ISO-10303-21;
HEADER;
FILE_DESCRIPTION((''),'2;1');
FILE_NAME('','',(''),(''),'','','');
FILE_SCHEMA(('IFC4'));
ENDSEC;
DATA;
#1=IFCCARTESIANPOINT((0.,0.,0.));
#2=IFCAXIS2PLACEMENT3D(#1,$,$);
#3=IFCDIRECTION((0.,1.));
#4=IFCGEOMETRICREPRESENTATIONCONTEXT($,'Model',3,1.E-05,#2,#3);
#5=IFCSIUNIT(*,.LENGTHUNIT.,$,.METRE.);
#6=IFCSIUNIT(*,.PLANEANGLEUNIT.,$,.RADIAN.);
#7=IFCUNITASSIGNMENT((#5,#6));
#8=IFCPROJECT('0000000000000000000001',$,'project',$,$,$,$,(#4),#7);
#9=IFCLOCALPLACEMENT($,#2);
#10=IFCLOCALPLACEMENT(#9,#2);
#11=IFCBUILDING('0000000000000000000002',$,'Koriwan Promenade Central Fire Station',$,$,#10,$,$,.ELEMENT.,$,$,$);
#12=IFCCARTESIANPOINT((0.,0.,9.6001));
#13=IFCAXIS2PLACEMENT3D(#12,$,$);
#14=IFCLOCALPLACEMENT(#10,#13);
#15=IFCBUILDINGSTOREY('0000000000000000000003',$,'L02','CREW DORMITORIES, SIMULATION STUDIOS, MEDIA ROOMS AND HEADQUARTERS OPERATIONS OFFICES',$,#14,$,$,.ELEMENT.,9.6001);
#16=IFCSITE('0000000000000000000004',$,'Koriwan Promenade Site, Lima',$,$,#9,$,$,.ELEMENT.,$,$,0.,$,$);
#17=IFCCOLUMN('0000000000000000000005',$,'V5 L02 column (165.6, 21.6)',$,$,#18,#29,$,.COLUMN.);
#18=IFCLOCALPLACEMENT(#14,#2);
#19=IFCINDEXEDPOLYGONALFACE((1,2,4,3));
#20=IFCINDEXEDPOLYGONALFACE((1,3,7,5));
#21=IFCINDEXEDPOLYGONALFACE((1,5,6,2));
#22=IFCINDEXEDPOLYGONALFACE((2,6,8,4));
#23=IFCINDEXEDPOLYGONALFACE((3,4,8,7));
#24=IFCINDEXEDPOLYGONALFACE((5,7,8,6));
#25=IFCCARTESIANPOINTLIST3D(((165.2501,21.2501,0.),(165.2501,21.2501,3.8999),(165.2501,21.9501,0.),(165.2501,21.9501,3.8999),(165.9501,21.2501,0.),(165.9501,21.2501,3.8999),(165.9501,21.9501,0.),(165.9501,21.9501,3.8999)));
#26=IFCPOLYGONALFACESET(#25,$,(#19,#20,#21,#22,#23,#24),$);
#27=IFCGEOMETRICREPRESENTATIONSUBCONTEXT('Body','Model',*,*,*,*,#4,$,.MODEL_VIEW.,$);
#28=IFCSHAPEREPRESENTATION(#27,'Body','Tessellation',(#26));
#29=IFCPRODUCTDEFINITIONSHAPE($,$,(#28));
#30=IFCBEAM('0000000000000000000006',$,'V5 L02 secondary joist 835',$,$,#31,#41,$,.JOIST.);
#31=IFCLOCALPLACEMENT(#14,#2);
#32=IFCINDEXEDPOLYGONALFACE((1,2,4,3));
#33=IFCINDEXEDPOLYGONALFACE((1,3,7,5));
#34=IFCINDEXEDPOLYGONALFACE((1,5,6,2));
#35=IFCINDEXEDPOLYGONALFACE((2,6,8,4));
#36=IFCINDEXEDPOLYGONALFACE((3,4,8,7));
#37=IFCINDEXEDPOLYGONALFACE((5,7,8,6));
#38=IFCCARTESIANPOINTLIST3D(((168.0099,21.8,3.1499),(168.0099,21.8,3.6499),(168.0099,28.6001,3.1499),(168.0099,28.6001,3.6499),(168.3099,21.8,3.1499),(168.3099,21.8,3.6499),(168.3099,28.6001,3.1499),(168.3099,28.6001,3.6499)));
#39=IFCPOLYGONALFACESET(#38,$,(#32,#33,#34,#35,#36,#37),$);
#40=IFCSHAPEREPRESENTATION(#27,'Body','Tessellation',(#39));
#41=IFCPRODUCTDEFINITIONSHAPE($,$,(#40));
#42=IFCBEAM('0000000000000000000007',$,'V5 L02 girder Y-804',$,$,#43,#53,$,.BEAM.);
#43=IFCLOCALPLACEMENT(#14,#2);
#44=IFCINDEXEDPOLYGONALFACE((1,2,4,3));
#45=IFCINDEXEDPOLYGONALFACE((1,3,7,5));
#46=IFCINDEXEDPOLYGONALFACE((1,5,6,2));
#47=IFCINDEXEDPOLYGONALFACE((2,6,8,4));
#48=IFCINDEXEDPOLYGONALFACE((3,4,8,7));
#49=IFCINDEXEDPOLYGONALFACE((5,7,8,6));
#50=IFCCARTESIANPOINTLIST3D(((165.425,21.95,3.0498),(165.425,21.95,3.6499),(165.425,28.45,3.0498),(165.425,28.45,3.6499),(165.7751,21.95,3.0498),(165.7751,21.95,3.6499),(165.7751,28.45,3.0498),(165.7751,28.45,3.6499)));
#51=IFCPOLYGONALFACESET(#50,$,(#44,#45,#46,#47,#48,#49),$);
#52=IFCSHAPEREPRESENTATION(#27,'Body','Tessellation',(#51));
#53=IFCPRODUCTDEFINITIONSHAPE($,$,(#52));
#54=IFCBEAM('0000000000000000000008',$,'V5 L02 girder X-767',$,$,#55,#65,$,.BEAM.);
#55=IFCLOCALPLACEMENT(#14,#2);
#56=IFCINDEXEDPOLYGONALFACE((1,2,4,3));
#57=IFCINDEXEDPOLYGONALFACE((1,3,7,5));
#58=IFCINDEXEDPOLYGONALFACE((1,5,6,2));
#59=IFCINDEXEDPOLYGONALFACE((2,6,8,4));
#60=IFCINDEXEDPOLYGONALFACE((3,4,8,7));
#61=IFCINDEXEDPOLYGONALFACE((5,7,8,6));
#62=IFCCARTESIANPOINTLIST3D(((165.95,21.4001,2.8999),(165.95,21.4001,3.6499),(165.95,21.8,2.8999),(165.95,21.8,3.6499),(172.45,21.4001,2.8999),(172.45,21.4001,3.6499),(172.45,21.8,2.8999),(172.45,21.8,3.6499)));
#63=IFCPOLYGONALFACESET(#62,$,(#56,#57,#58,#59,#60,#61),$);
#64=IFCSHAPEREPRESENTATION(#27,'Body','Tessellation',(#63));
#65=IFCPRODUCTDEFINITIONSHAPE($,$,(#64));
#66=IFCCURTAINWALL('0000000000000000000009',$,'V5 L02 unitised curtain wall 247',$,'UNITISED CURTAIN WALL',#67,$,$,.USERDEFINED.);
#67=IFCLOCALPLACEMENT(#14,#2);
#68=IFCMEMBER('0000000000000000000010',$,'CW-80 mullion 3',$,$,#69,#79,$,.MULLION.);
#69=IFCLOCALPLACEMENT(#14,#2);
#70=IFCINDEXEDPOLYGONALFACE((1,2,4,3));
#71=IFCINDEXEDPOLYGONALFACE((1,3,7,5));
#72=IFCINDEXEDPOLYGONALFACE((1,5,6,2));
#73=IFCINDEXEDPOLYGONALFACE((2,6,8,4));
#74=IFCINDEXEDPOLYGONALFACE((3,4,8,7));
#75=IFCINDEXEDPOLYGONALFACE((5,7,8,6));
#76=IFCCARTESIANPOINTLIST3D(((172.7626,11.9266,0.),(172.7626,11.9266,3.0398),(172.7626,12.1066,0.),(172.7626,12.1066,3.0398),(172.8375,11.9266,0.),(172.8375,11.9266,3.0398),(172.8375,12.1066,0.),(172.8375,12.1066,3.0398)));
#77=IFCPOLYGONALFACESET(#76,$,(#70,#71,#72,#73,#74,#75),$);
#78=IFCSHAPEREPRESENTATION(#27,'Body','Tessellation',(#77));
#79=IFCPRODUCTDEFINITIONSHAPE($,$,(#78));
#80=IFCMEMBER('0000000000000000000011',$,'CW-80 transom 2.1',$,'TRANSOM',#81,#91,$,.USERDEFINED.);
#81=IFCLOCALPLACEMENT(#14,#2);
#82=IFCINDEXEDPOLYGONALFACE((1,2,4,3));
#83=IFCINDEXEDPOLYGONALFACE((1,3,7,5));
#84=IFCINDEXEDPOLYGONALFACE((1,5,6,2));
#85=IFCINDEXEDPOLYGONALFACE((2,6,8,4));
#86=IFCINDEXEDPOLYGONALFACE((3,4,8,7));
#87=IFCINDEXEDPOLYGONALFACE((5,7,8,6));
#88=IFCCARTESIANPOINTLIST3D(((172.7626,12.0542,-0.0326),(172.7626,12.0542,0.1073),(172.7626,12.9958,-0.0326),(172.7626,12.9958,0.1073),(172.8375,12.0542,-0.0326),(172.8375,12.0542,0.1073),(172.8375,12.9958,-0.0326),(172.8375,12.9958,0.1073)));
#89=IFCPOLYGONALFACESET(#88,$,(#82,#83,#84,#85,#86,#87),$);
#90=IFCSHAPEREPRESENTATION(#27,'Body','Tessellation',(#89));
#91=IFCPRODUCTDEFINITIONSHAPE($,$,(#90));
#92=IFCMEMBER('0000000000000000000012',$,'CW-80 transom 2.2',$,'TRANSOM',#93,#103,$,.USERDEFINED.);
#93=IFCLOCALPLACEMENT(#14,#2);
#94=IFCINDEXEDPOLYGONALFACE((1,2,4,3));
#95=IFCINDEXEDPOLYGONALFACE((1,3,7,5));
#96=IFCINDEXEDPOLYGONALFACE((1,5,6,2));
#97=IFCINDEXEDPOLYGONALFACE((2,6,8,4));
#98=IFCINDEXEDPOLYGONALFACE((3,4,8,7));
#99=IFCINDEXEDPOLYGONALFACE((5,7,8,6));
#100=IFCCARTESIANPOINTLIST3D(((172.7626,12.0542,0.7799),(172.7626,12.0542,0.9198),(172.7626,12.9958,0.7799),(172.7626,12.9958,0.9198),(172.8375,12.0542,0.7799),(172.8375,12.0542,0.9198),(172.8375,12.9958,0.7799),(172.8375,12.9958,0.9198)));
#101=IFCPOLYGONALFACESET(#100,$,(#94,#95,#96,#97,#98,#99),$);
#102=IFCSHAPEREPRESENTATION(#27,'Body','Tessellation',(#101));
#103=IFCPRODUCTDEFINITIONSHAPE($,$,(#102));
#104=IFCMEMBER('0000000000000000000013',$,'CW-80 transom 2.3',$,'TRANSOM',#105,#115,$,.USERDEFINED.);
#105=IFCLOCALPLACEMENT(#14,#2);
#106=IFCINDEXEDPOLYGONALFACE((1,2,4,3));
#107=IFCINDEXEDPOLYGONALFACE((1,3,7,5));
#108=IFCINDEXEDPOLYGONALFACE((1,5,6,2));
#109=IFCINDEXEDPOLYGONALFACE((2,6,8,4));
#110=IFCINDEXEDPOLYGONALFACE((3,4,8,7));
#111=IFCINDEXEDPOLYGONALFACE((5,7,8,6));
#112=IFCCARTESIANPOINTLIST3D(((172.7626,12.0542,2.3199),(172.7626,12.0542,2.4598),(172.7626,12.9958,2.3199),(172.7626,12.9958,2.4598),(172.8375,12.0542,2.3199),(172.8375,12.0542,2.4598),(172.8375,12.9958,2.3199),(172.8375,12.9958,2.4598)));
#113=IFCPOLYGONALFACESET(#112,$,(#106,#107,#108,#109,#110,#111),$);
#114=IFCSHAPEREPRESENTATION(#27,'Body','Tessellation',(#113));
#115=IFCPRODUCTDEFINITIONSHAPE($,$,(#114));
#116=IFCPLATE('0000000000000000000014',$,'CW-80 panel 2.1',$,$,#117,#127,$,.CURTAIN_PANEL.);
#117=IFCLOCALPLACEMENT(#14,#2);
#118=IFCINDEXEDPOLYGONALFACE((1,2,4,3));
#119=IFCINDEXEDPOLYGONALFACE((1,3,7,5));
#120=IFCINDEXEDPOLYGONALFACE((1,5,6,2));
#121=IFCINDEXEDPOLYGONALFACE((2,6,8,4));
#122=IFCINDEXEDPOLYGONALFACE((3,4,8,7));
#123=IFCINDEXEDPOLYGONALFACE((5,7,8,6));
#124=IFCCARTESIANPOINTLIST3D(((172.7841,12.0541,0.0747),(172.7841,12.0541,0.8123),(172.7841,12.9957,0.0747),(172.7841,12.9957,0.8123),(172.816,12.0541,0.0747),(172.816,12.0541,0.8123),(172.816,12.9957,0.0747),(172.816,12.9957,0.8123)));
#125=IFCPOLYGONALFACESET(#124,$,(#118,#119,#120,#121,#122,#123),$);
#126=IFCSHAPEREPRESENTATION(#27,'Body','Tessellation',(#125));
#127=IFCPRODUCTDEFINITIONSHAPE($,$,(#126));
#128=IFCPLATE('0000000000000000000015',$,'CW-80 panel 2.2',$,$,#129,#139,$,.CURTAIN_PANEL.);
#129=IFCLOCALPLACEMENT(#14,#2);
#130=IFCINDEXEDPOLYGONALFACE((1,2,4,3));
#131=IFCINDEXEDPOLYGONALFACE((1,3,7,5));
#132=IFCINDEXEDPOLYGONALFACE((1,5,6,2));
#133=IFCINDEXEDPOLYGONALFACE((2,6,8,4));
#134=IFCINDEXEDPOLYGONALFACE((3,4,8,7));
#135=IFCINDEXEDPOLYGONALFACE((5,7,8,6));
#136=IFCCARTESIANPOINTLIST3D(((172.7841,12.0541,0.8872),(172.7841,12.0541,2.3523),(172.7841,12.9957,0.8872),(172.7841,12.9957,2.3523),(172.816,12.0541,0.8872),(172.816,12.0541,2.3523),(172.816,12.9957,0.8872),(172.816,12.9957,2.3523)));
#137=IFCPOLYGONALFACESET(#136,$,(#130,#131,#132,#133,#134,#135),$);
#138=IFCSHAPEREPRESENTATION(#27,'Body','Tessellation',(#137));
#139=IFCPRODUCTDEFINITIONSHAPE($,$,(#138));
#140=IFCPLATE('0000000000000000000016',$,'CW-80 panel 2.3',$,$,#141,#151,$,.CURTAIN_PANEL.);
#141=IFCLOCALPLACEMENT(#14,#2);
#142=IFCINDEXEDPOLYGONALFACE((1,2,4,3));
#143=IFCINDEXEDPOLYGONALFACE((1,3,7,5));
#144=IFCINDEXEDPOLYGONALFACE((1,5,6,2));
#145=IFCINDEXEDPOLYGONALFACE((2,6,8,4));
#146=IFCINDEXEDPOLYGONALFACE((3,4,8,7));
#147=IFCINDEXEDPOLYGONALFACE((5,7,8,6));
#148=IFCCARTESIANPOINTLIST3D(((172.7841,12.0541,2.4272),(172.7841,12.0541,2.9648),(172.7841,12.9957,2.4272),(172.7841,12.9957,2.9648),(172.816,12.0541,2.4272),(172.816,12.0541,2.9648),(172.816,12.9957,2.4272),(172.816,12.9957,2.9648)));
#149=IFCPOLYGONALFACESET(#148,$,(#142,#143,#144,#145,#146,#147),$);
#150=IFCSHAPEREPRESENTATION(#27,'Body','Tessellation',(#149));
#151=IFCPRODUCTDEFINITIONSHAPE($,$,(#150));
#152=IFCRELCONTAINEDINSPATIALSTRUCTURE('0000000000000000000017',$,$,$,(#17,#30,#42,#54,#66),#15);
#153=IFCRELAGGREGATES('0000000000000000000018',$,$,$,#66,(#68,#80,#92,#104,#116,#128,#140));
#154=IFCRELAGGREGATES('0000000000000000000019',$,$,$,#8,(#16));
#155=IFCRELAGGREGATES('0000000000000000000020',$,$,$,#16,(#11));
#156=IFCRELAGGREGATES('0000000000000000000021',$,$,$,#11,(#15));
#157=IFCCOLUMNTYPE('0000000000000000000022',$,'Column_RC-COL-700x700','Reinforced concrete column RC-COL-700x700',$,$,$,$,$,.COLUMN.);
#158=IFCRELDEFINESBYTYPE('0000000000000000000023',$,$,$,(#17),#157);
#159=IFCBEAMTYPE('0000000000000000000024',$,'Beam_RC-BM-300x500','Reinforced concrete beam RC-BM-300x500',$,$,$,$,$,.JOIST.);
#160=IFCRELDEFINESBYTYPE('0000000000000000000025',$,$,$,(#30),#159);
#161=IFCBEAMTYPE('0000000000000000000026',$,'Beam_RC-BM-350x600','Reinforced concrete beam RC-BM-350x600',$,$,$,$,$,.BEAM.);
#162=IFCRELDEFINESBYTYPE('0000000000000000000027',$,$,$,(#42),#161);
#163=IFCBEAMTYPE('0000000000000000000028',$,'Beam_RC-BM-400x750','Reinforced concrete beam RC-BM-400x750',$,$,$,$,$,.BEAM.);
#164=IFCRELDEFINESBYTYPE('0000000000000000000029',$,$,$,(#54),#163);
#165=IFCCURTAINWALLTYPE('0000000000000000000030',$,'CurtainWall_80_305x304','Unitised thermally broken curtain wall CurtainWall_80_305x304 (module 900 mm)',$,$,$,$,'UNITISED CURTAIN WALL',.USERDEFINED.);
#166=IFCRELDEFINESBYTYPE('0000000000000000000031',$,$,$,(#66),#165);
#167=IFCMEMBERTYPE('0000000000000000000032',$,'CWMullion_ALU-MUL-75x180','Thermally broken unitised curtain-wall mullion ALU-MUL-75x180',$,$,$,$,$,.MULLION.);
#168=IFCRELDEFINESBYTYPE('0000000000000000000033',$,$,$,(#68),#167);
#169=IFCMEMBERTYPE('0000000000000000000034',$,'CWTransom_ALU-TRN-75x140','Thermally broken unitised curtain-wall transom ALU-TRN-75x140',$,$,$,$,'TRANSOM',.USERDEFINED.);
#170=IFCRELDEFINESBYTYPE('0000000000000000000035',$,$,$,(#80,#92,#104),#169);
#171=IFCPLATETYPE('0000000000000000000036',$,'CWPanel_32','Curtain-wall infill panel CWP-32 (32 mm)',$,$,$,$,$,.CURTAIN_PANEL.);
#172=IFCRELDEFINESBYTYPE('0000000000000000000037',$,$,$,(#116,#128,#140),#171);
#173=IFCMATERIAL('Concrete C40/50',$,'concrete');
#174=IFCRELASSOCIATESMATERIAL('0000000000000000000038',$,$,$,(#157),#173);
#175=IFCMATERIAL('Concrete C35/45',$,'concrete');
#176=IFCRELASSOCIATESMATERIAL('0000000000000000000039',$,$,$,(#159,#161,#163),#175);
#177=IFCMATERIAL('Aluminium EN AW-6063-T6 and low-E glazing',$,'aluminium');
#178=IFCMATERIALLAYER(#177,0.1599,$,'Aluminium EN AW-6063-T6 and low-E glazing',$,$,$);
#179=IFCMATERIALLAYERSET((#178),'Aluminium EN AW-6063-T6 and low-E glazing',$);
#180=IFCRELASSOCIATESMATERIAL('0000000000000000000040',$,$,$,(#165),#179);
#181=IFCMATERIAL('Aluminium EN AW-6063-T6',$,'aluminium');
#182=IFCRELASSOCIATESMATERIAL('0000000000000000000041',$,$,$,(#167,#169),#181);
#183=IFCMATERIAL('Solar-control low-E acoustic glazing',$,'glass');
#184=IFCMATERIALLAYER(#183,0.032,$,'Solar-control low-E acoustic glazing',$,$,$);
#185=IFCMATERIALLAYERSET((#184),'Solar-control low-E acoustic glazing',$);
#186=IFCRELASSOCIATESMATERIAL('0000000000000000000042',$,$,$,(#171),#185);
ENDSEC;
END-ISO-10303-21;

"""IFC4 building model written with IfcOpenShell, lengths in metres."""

from ifc_helpers import new_model, si_unit, direction, frame, origin, origin_2d, place, context, subcontext, project, spatial, rectangle, extrude, material, layer, layer_set, material_profile, profile_set, type_object, element, aggregate, save


model = new_model("IFC4")

# Units and contexts
model_context = context("Model", 3, precision=1e-05, world=origin(), true_north=direction((0.0, 1.0)))
body_context = subcontext(model_context, "Body", "Model", "MODEL_VIEW")
ifc_project = project(units=[si_unit("LENGTHUNIT", "METRE"), si_unit("PLANEANGLEUNIT", "RADIAN")], contexts=[model_context])

# Site, building, storey
site_placement = place(None, origin())
site = spatial("IfcSite", under=ifc_project, at=site_placement, Name="Koriwan Promenade Site, Lima", CompositionType="ELEMENT", RefElevation=0.0)
building_placement = place(site_placement, origin())
building = spatial("IfcBuilding", under=site, at=building_placement, Name="Koriwan Promenade Central Fire Station", CompositionType="ELEMENT")
storey_placement = place(building_placement, frame((0.0, 0.0, 9.6001)))
storey = spatial("IfcBuildingStorey", under=building, at=storey_placement, Name="L02", Description="CREW DORMITORIES, SIMULATION STUDIOS, MEDIA ROOMS AND HEADQUARTERS OPERATIONS OFFICES", CompositionType="ELEMENT", Elevation=9.6001)

# Column
ifc_material_1 = material(Name="Concrete C40/50", Category="concrete")
ifc_material_profile_1 = material_profile(ifc_material_1, rectangle(XDim=0.7, YDim=0.7, at=origin_2d()), Name="RC-COL-700x700")
ifc_profile_set_1 = profile_set([ifc_material_profile_1], Name="Concrete C40/50")
column_type = type_object("IfcColumnType", Name="Column_RC-COL-700x700", Description="Reinforced concrete column RC-COL-700x700", PredefinedType="COLUMN", material=ifc_profile_set_1)
column_placement = place(storey_placement, frame((165.6001, 21.6001, 0.0), z_axis=(0.0, 0.0, 1.0), x_axis=(1.0, 0.0, 0.0)))
element("IfcColumn", 1, at=column_placement, inside=storey, type_object=column_type, Name="V5 L02 column (165.6, 21.6)", PredefinedType="COLUMN", context=body_context, shape_type="SweptSolid", body=[
    extrude(rectangle(XDim=0.7, YDim=0.7, at=origin_2d()), origin(), (0.0, 0.0, 1.0), 3.8999),
])

# Beams
ifc_material_2 = material(Name="Concrete C35/45", Category="concrete")
ifc_material_profile_2 = material_profile(ifc_material_2, rectangle(XDim=0.3, YDim=0.5, at=origin_2d()), Name="RC-BM-300x500")
ifc_profile_set_2 = profile_set([ifc_material_profile_2], Name="Concrete C35/45")
beam_type_1 = type_object("IfcBeamType", Name="Beam_RC-BM-300x500", Description="Reinforced concrete beam RC-BM-300x500", PredefinedType="JOIST", material=ifc_profile_set_2)
beam_1_placement = place(storey_placement, frame((168.1599, 21.8, 3.3999), z_axis=(0.0, 1.0, 0.0), x_axis=(-1.0, 0.0, 0.0)))
element("IfcBeam", 2, at=beam_1_placement, inside=storey, type_object=beam_type_1, Name="V5 L02 secondary joist 835", PredefinedType="JOIST", context=body_context, shape_type="SweptSolid", body=[
    extrude(rectangle(XDim=0.3, YDim=0.5, at=origin_2d()), origin(), (0.0, 0.0, 1.0), 6.8),
])
ifc_material_profile_3 = material_profile(ifc_material_2, rectangle(XDim=0.3501, YDim=0.6001, at=origin_2d()), Name="RC-BM-350x600")
ifc_profile_set_3 = profile_set([ifc_material_profile_3], Name="Concrete C35/45")
beam_type_2 = type_object("IfcBeamType", Name="Beam_RC-BM-350x600", Description="Reinforced concrete beam RC-BM-350x600", PredefinedType="BEAM", material=ifc_profile_set_3)
beam_2_placement = place(storey_placement, frame((165.6001, 21.95, 3.3499), z_axis=(0.0, 1.0, 0.0), x_axis=(-1.0, 0.0, 0.0)))
element("IfcBeam", 3, at=beam_2_placement, inside=storey, type_object=beam_type_2, Name="V5 L02 girder Y-804", PredefinedType="BEAM", context=body_context, shape_type="SweptSolid", body=[
    extrude(rectangle(XDim=0.3501, YDim=0.6001, at=origin_2d()), origin(), (0.0, 0.0, 1.0), 6.5),
])
ifc_material_profile_4 = material_profile(ifc_material_2, rectangle(XDim=0.3999, YDim=0.75, at=origin_2d()), Name="RC-BM-400x750")
ifc_profile_set_4 = profile_set([ifc_material_profile_4], Name="Concrete C35/45")
beam_type_3 = type_object("IfcBeamType", Name="Beam_RC-BM-400x750", Description="Reinforced concrete beam RC-BM-400x750", PredefinedType="BEAM", material=ifc_profile_set_4)
beam_3_placement = place(storey_placement, frame((165.95, 21.6001, 3.2749), z_axis=(1.0, 0.0, 0.0), x_axis=(0.0, 1.0, 0.0)))
element("IfcBeam", 4, at=beam_3_placement, inside=storey, type_object=beam_type_3, Name="V5 L02 girder X-767", PredefinedType="BEAM", context=body_context, shape_type="SweptSolid", body=[
    extrude(rectangle(XDim=0.3999, YDim=0.75, at=origin_2d()), origin(), (0.0, 0.0, 1.0), 6.5),
])

# Curtain wall, members, plates
ifc_material_3 = material(Name="Aluminium EN AW-6063-T6 and low-E glazing", Category="aluminium")
ifc_layer_1 = layer(ifc_material_3, 0.1599, Name="Aluminium EN AW-6063-T6 and low-E glazing")
ifc_layer_set_1 = layer_set([ifc_layer_1], Name="Aluminium EN AW-6063-T6 and low-E glazing")
curtain_wall_type = type_object("IfcCurtainWallType", Name="CurtainWall_80_305x304", Description="Unitised thermally broken curtain wall CurtainWall_80_305x304 (module 900 mm)", ElementType="UNITISED CURTAIN WALL", PredefinedType="USERDEFINED", material=ifc_layer_set_1)
curtain_wall_placement = place(storey_placement, origin())
curtain_wall = element("IfcCurtainWall", 5, at=curtain_wall_placement, inside=storey, type_object=curtain_wall_type, Name="V5 L02 unitised curtain wall 247", ObjectType="UNITISED CURTAIN WALL", PredefinedType="USERDEFINED")
ifc_material_4 = material(Name="Aluminium EN AW-6063-T6", Category="aluminium")
ifc_material_profile_5 = material_profile(ifc_material_4, rectangle(XDim=0.075, YDim=0.1799, at=origin_2d()), Name="ALU-MUL-75x180")
ifc_profile_set_5 = profile_set([ifc_material_profile_5], Name="Aluminium EN AW-6063-T6")
member_type_1 = type_object("IfcMemberType", Name="CWMullion_ALU-MUL-75x180", Description="Thermally broken unitised curtain-wall mullion ALU-MUL-75x180", PredefinedType="MULLION", material=ifc_profile_set_5)
member_1_placement = place(storey_placement, frame((172.8, 12.0166, 0.0), z_axis=(0.0, 0.0, 1.0), x_axis=(1.0, 0.0, 0.0)))
member_1 = element("IfcMember", 6, at=member_1_placement, type_object=member_type_1, Name="CW-80 mullion 3", PredefinedType="MULLION", context=body_context, shape_type="SweptSolid", body=[
    extrude(rectangle(XDim=0.075, YDim=0.1799, at=origin_2d()), origin(), (0.0, 0.0, 1.0), 3.0398),
])
ifc_material_profile_6 = material_profile(ifc_material_4, rectangle(XDim=0.075, YDim=0.1399, at=origin_2d()), Name="ALU-TRN-75x140")
ifc_profile_set_6 = profile_set([ifc_material_profile_6], Name="Aluminium EN AW-6063-T6")
member_type_2 = type_object("IfcMemberType", Name="CWTransom_ALU-TRN-75x140", Description="Thermally broken unitised curtain-wall transom ALU-TRN-75x140", ElementType="TRANSOM", PredefinedType="USERDEFINED", material=ifc_profile_set_6)
member_2_placement = place(storey_placement, frame((172.8, 12.9958, 0.0374), z_axis=(0.0, -1.0, 0.0), x_axis=(1.0, 0.0, 0.0)))
member_2 = element("IfcMember", 7, at=member_2_placement, type_object=member_type_2, Name="CW-80 transom 2.1", ObjectType="TRANSOM", PredefinedType="USERDEFINED", context=body_context, shape_type="SweptSolid", body=[
    extrude(rectangle(XDim=0.075, YDim=0.1399, at=origin_2d()), origin(), (0.0, 0.0, 1.0), 0.9417),
])
member_3_placement = place(storey_placement, frame((172.8, 12.9958, 0.8499), z_axis=(0.0, -1.0, 0.0), x_axis=(1.0, 0.0, 0.0)))
member_3 = element("IfcMember", 8, at=member_3_placement, type_object=member_type_2, Name="CW-80 transom 2.2", ObjectType="TRANSOM", PredefinedType="USERDEFINED", context=body_context, shape_type="SweptSolid", body=[
    extrude(rectangle(XDim=0.075, YDim=0.1399, at=origin_2d()), origin(), (0.0, 0.0, 1.0), 0.9417),
])
member_4_placement = place(storey_placement, frame((172.8, 12.9958, 2.3899), z_axis=(0.0, -1.0, 0.0), x_axis=(1.0, 0.0, 0.0)))
member_4 = element("IfcMember", 9, at=member_4_placement, type_object=member_type_2, Name="CW-80 transom 2.3", ObjectType="TRANSOM", PredefinedType="USERDEFINED", context=body_context, shape_type="SweptSolid", body=[
    extrude(rectangle(XDim=0.075, YDim=0.1399, at=origin_2d()), origin(), (0.0, 0.0, 1.0), 0.9417),
])
ifc_material_5 = material(Name="Solar-control low-E acoustic glazing", Category="glass")
ifc_layer_2 = layer(ifc_material_5, 0.032, Name="Solar-control low-E acoustic glazing")
ifc_layer_set_2 = layer_set([ifc_layer_2], Name="Solar-control low-E acoustic glazing")
plate_type = type_object("IfcPlateType", Name="CWPanel_32", Description="Curtain-wall infill panel CWP-32 (32 mm)", PredefinedType="CURTAIN_PANEL", material=ifc_layer_set_2)
plate_1_placement = place(storey_placement, frame((172.8, 12.5249, 0.0747), z_axis=(0.0, 0.0, 1.0), x_axis=(0.0, -1.0, 0.0)))
plate_1 = element("IfcPlate", 10, at=plate_1_placement, type_object=plate_type, Name="CW-80 panel 2.1", PredefinedType="CURTAIN_PANEL", context=body_context, shape_type="SweptSolid", body=[
    extrude(rectangle(XDim=0.9417, YDim=0.032, at=origin_2d()), origin(), (0.0, 0.0, 1.0), 0.7375),
])
plate_2_placement = place(storey_placement, frame((172.8, 12.5249, 0.8872), z_axis=(0.0, 0.0, 1.0), x_axis=(0.0, -1.0, 0.0)))
plate_2 = element("IfcPlate", 11, at=plate_2_placement, type_object=plate_type, Name="CW-80 panel 2.2", PredefinedType="CURTAIN_PANEL", context=body_context, shape_type="SweptSolid", body=[
    extrude(rectangle(XDim=0.9417, YDim=0.032, at=origin_2d()), origin(), (0.0, 0.0, 1.0), 1.4651),
])
plate_3_placement = place(storey_placement, frame((172.8, 12.5249, 2.4272), z_axis=(0.0, 0.0, 1.0), x_axis=(0.0, -1.0, 0.0)))
plate_3 = element("IfcPlate", 12, at=plate_3_placement, type_object=plate_type, Name="CW-80 panel 2.3", PredefinedType="CURTAIN_PANEL", context=body_context, shape_type="SweptSolid", body=[
    extrude(rectangle(XDim=0.9417, YDim=0.032, at=origin_2d()), origin(), (0.0, 0.0, 1.0), 0.5376),
])
aggregate(curtain_wall, [member_1, member_2, member_3, member_4, plate_1, plate_2, plate_3])

save(model, "model.ifc")
